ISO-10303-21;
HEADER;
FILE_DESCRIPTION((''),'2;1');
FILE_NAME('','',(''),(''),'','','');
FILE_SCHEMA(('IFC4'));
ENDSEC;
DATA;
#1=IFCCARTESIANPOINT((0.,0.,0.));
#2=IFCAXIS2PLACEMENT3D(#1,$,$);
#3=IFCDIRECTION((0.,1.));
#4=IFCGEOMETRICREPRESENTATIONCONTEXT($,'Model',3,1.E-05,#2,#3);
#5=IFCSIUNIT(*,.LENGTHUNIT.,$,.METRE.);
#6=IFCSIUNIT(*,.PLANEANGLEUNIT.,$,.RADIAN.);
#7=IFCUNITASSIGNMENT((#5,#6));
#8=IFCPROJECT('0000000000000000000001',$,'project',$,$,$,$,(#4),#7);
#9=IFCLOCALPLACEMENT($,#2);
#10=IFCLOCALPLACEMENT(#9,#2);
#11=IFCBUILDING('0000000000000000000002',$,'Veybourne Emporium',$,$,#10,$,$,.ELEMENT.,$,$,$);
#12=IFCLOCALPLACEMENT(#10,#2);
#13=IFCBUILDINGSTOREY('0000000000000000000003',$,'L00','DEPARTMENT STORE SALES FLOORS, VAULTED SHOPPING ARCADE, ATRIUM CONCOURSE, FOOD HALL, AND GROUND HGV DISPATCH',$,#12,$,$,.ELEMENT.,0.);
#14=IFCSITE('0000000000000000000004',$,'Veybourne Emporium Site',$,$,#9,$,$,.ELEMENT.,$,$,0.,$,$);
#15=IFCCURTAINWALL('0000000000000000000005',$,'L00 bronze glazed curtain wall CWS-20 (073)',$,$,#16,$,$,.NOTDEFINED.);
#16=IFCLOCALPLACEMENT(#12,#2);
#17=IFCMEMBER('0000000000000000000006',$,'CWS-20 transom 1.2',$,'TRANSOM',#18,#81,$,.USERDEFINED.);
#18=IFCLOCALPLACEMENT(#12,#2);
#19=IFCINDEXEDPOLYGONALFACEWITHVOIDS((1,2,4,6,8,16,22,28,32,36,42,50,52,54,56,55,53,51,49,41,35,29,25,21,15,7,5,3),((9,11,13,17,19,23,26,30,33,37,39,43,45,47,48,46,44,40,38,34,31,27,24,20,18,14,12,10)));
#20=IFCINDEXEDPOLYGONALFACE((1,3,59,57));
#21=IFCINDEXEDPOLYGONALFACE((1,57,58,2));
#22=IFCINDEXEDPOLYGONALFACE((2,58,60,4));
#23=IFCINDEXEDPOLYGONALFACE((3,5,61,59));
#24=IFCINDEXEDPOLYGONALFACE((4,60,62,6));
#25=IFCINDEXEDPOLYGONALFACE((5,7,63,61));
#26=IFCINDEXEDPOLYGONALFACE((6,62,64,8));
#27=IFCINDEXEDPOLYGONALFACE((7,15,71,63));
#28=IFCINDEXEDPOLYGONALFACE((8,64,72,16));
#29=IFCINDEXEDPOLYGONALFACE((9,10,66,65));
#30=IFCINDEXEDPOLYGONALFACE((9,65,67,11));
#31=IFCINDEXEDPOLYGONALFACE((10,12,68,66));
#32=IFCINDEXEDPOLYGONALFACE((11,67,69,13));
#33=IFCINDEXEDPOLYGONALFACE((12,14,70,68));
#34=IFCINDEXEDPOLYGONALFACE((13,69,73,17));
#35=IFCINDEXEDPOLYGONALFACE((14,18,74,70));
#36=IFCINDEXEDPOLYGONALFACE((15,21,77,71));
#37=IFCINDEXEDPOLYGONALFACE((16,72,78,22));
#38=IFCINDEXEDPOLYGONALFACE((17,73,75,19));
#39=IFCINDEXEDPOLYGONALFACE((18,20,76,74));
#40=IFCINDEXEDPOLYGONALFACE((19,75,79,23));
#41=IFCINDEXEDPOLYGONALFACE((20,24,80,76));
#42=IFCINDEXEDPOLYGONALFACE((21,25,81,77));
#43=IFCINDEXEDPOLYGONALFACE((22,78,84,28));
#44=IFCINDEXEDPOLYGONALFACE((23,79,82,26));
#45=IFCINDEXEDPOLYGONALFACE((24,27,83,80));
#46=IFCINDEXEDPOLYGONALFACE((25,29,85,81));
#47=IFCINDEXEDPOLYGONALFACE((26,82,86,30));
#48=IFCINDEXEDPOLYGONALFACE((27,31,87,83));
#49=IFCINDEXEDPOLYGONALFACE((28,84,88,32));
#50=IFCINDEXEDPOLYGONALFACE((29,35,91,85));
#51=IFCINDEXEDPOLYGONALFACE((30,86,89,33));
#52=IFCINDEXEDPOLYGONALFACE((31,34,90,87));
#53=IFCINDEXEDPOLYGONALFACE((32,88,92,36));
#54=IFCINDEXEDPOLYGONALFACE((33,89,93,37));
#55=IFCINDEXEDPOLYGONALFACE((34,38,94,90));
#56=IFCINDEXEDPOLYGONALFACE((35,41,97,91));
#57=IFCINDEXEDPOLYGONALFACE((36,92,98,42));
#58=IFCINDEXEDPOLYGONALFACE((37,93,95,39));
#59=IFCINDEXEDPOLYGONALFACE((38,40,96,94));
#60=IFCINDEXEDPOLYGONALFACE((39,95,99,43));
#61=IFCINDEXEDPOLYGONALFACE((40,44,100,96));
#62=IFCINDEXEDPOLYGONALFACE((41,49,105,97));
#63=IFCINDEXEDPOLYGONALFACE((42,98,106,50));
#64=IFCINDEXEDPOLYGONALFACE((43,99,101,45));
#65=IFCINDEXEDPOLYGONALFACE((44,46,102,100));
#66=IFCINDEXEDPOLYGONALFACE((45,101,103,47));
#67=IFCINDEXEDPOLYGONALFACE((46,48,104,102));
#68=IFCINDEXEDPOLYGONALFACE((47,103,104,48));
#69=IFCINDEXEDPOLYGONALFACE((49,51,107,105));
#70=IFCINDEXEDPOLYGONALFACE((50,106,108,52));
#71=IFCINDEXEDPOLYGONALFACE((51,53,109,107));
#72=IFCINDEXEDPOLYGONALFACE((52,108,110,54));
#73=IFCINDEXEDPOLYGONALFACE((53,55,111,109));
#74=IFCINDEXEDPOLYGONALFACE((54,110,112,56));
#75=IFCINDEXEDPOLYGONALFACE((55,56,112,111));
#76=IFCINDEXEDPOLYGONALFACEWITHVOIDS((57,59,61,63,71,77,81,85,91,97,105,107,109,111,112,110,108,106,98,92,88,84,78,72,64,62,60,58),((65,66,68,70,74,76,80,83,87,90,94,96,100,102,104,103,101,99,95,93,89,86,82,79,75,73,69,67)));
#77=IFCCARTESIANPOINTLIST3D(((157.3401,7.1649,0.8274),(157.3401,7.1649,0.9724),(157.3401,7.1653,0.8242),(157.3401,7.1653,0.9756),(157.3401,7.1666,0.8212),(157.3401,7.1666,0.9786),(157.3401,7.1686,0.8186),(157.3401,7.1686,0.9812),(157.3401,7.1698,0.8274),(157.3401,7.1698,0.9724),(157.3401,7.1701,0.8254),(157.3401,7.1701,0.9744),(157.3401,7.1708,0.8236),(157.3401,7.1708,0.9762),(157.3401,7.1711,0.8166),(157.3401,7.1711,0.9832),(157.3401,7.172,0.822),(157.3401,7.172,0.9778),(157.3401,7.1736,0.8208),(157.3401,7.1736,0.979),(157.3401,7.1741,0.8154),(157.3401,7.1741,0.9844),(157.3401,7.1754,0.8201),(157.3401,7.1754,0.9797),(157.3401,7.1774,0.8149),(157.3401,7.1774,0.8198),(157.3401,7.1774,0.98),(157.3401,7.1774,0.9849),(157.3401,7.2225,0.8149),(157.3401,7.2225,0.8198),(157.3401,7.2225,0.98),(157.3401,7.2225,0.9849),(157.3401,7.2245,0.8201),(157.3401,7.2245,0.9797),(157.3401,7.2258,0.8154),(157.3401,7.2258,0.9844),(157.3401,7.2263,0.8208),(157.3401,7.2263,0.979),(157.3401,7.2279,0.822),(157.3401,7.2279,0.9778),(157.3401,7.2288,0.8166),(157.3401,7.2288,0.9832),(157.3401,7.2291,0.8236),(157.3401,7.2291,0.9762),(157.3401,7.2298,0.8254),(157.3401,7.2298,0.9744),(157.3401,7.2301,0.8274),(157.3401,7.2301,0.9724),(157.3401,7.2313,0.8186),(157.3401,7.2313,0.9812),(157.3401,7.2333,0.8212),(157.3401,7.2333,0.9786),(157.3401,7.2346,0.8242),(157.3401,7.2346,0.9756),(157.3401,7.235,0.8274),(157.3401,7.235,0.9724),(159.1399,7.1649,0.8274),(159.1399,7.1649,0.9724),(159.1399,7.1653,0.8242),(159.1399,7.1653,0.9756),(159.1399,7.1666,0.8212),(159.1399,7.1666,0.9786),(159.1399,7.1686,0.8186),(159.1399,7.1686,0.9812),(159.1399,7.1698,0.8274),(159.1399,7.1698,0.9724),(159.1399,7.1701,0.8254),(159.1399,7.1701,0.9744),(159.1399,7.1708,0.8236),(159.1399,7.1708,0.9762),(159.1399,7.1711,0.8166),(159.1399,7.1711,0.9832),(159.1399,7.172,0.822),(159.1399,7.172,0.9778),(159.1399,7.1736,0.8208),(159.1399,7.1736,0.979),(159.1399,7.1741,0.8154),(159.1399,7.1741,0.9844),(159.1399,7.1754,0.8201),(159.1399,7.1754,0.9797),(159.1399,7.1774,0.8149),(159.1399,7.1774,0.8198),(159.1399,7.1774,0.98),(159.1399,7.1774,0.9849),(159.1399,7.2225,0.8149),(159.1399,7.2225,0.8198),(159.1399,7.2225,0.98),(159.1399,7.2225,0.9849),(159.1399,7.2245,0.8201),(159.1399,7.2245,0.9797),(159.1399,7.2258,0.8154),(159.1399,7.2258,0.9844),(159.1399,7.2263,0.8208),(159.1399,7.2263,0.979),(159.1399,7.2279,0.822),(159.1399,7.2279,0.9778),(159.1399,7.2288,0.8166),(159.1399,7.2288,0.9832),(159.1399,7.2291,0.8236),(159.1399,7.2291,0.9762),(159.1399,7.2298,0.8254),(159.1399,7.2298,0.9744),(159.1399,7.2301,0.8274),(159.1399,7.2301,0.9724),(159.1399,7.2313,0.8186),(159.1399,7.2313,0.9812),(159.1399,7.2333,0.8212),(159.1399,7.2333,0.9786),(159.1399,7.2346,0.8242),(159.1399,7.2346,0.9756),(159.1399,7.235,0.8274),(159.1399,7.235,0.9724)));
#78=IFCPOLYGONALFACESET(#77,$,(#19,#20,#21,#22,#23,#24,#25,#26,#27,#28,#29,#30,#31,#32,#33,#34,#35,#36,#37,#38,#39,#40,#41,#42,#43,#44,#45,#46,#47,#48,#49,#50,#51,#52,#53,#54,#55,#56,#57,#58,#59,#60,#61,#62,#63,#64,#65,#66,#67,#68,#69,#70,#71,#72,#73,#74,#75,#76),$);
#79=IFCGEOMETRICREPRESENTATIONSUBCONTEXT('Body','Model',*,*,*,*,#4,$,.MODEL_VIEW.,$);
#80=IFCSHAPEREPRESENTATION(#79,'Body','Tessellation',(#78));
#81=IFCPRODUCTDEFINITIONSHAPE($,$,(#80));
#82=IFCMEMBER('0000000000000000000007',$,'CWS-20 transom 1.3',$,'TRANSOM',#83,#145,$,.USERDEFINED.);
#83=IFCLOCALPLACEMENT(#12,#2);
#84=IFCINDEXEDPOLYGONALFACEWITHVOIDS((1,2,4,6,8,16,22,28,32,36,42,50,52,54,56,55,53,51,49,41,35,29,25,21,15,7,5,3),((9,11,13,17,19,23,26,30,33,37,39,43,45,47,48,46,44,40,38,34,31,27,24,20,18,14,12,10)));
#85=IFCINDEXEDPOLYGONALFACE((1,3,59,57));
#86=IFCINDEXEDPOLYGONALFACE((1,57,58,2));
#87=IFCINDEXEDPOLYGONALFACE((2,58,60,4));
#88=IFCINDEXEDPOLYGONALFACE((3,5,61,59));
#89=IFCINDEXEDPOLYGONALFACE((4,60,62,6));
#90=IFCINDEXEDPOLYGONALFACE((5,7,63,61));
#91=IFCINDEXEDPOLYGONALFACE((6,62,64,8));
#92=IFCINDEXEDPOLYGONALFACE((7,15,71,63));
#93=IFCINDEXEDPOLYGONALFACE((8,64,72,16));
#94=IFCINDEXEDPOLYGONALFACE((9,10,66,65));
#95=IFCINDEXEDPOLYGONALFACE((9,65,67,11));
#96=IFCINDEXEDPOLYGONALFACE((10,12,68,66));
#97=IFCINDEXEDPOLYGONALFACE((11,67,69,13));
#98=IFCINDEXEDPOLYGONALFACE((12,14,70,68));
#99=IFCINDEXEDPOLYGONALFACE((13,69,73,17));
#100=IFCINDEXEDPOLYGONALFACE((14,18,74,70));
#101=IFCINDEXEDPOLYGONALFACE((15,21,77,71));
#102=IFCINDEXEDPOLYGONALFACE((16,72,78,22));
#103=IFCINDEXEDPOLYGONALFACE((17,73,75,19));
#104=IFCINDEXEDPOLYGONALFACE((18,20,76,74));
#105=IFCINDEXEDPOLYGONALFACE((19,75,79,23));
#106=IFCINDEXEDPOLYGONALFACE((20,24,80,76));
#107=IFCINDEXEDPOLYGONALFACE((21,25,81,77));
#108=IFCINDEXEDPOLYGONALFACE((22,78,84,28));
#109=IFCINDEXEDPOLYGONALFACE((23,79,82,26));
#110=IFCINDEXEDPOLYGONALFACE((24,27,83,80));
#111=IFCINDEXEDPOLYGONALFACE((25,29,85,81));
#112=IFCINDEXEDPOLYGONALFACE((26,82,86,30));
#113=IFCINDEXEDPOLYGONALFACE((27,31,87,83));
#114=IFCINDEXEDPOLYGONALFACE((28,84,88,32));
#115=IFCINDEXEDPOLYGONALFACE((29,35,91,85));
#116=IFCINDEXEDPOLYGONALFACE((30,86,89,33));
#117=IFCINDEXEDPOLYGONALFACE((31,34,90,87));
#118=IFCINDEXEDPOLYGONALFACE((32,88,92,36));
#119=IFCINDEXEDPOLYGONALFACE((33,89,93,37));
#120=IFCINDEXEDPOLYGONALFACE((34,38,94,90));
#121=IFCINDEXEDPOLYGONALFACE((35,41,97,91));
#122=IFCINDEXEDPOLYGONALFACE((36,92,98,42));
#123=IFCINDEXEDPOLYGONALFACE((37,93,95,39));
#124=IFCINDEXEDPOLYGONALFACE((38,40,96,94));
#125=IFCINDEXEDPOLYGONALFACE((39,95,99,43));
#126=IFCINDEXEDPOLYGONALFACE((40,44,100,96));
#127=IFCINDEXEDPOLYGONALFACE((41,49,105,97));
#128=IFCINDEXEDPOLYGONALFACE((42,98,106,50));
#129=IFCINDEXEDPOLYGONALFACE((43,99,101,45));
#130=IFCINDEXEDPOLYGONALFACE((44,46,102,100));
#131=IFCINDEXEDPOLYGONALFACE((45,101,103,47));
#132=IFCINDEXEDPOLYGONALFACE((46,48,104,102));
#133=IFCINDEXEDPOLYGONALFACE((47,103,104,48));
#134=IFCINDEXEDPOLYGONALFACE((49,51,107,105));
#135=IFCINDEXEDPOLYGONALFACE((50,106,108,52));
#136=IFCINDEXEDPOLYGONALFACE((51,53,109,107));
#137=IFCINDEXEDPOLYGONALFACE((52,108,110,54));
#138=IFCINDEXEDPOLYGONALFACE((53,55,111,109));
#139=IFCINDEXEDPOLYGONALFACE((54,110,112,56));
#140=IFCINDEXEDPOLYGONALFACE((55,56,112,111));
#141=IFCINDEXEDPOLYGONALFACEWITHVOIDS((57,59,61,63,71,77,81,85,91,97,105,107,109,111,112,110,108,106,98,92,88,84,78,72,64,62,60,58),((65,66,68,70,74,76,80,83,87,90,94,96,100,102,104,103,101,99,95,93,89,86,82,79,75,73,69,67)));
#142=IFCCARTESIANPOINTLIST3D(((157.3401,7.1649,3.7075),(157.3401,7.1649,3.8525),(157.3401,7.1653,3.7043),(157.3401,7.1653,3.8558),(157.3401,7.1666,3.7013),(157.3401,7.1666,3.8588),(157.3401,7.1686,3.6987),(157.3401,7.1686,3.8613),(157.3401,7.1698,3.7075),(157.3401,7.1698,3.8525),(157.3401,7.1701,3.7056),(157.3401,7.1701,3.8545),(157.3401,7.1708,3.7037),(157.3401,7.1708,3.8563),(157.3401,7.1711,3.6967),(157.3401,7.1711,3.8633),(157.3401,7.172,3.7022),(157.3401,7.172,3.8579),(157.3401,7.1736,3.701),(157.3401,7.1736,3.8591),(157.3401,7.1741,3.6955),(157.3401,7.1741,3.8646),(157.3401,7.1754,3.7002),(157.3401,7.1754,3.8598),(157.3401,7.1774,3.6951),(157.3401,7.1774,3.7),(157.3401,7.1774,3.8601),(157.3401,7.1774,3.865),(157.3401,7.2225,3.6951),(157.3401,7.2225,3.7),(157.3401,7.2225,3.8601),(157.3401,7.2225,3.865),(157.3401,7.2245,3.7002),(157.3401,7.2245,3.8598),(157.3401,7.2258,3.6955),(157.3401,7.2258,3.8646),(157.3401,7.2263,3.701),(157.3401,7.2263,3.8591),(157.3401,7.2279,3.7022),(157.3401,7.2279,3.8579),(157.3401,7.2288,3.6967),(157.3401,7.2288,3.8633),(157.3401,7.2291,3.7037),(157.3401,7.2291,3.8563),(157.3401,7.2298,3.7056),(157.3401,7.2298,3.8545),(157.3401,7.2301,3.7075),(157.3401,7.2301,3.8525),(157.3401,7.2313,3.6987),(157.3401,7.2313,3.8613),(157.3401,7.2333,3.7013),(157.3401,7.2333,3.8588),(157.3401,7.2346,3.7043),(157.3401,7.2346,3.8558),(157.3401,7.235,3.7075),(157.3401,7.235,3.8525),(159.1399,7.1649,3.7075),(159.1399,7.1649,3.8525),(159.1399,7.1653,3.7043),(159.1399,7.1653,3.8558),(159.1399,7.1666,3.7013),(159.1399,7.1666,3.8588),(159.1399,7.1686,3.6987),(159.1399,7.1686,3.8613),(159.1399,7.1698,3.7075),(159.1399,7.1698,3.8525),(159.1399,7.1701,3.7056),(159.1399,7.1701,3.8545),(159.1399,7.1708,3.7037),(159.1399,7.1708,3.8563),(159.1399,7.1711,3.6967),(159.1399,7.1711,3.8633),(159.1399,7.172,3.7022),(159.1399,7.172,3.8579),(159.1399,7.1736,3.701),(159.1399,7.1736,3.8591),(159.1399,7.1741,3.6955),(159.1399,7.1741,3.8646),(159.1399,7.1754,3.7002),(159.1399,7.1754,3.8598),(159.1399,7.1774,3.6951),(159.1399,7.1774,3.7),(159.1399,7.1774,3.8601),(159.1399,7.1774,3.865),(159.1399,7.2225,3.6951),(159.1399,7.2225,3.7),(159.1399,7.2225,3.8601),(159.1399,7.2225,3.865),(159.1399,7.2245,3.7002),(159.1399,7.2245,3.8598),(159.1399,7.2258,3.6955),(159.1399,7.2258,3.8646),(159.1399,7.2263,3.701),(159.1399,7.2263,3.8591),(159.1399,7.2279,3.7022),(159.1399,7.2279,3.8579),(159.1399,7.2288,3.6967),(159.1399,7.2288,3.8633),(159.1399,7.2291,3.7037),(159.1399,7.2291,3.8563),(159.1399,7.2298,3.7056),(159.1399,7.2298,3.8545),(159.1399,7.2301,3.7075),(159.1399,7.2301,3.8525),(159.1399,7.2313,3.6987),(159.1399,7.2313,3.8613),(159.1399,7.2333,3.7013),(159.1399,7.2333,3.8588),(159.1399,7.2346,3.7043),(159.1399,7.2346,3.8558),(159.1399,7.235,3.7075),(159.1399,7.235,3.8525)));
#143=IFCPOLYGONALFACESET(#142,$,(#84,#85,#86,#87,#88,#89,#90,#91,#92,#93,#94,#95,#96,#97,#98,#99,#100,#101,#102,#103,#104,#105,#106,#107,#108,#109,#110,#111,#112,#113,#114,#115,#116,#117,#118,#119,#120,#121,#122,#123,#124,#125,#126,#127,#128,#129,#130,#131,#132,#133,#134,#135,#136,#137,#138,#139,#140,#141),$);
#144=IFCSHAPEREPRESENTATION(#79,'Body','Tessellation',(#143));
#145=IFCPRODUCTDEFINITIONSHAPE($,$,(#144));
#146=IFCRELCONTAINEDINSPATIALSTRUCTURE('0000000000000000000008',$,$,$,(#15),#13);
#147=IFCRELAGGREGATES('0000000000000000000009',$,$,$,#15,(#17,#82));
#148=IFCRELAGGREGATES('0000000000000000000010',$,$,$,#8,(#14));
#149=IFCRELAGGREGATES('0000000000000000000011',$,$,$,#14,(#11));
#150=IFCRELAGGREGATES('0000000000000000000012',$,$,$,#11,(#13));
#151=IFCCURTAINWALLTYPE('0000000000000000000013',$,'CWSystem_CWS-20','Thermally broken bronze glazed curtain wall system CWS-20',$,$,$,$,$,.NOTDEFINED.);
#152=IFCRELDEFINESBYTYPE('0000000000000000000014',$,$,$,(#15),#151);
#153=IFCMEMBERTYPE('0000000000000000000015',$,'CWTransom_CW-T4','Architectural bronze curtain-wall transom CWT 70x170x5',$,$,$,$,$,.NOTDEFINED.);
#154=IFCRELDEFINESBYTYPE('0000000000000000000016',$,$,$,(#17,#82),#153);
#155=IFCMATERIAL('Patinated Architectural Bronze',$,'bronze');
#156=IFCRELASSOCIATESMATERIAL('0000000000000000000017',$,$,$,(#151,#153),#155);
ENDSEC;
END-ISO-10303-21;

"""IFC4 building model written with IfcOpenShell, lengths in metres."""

from ifc_helpers import new_model, si_unit, direction, frame, origin, origin_2d, place, context, subcontext, project, spatial, hollow_rectangle, extrude, material, material_profile, profile_set, type_object, element, aggregate, save


model = new_model("IFC4")

# Units and contexts
model_context = context("Model", 3, precision=1e-05, world=origin(), true_north=direction((0.0, 1.0)))
body_context = subcontext(model_context, "Body", "Model", "MODEL_VIEW")
ifc_project = project(units=[si_unit("LENGTHUNIT", "METRE"), si_unit("PLANEANGLEUNIT", "RADIAN")], contexts=[model_context])

# Site, building, storey
site_placement = place(None, origin())
site = spatial("IfcSite", under=ifc_project, at=site_placement, Name="Veybourne Emporium Site", CompositionType="ELEMENT", RefElevation=0.0)
building_placement = place(site_placement, origin())
building = spatial("IfcBuilding", under=site, at=building_placement, Name="Veybourne Emporium", CompositionType="ELEMENT")
storey_placement = place(building_placement, origin())
storey = spatial("IfcBuildingStorey", under=building, at=storey_placement, Name="L00", Description="DEPARTMENT STORE SALES FLOORS, VAULTED SHOPPING ARCADE, ATRIUM CONCOURSE, FOOD HALL, AND GROUND HGV DISPATCH", CompositionType="ELEMENT", Elevation=0.0)

# Curtain wall
ifc_material_1 = material(Name="Patinated Architectural Bronze", Category="bronze")
curtain_wall_type_1 = type_object("IfcCurtainWallType", Name="CWSystem_CWS-20", Description="Thermally broken bronze glazed curtain wall system CWS-20", PredefinedType="NOTDEFINED", material=ifc_material_1)
curtain_wall_1_placement = place(storey_placement, origin())
curtain_wall_1 = element("IfcCurtainWall", 1, at=curtain_wall_1_placement, inside=storey, type_object=curtain_wall_type_1, Name="L00 bronze glazed curtain wall CWS-20 (073)", PredefinedType="NOTDEFINED")

# Members
ifc_material_profile_1 = material_profile(ifc_material_1, hollow_rectangle(XDim=0.0701, YDim=0.1699, WallThickness=0.0049, InnerFilletRadius=0.0076, OuterFilletRadius=0.0125, at=origin_2d()), Name="CWT 70x170x5")
ifc_profile_set_1 = profile_set([ifc_material_profile_1], Name="Patinated Architectural Bronze")
member_type_1 = type_object("IfcMemberType", Name="CWTransom_CW-T4", Description="Architectural bronze curtain-wall transom CWT 70x170x5", PredefinedType="NOTDEFINED", material=ifc_profile_set_1)
member_1_placement = place(storey_placement, frame((159.1399, 7.2, 0.8999), z_axis=(-1.0, 0.0, 0.0), x_axis=(0.0, -1.0, 0.0)))
member_1 = element("IfcMember", 2, at=member_1_placement, type_object=member_type_1, Name="CWS-20 transom 1.2", ObjectType="TRANSOM", PredefinedType="USERDEFINED", context=body_context, shape_type="SweptSolid", body=[
    extrude(hollow_rectangle(XDim=0.0701, YDim=0.1699, WallThickness=0.0049, InnerFilletRadius=0.0076, OuterFilletRadius=0.0125, at=origin_2d()), origin(), (0.0, 0.0, 1.0), 1.7998),
])
member_2_placement = place(storey_placement, frame((159.1399, 7.2, 3.78), z_axis=(-1.0, 0.0, 0.0), x_axis=(0.0, -1.0, 0.0)))
member_2 = element("IfcMember", 3, at=member_2_placement, type_object=member_type_1, Name="CWS-20 transom 1.3", ObjectType="TRANSOM", PredefinedType="USERDEFINED", context=body_context, shape_type="SweptSolid", body=[
    extrude(hollow_rectangle(XDim=0.0701, YDim=0.1699, WallThickness=0.0049, InnerFilletRadius=0.0076, OuterFilletRadius=0.0125, at=origin_2d()), origin(), (0.0, 0.0, 1.0), 1.7998),
])

aggregate(curtain_wall_1, [member_1, member_2])

save(model, "model.ifc")
